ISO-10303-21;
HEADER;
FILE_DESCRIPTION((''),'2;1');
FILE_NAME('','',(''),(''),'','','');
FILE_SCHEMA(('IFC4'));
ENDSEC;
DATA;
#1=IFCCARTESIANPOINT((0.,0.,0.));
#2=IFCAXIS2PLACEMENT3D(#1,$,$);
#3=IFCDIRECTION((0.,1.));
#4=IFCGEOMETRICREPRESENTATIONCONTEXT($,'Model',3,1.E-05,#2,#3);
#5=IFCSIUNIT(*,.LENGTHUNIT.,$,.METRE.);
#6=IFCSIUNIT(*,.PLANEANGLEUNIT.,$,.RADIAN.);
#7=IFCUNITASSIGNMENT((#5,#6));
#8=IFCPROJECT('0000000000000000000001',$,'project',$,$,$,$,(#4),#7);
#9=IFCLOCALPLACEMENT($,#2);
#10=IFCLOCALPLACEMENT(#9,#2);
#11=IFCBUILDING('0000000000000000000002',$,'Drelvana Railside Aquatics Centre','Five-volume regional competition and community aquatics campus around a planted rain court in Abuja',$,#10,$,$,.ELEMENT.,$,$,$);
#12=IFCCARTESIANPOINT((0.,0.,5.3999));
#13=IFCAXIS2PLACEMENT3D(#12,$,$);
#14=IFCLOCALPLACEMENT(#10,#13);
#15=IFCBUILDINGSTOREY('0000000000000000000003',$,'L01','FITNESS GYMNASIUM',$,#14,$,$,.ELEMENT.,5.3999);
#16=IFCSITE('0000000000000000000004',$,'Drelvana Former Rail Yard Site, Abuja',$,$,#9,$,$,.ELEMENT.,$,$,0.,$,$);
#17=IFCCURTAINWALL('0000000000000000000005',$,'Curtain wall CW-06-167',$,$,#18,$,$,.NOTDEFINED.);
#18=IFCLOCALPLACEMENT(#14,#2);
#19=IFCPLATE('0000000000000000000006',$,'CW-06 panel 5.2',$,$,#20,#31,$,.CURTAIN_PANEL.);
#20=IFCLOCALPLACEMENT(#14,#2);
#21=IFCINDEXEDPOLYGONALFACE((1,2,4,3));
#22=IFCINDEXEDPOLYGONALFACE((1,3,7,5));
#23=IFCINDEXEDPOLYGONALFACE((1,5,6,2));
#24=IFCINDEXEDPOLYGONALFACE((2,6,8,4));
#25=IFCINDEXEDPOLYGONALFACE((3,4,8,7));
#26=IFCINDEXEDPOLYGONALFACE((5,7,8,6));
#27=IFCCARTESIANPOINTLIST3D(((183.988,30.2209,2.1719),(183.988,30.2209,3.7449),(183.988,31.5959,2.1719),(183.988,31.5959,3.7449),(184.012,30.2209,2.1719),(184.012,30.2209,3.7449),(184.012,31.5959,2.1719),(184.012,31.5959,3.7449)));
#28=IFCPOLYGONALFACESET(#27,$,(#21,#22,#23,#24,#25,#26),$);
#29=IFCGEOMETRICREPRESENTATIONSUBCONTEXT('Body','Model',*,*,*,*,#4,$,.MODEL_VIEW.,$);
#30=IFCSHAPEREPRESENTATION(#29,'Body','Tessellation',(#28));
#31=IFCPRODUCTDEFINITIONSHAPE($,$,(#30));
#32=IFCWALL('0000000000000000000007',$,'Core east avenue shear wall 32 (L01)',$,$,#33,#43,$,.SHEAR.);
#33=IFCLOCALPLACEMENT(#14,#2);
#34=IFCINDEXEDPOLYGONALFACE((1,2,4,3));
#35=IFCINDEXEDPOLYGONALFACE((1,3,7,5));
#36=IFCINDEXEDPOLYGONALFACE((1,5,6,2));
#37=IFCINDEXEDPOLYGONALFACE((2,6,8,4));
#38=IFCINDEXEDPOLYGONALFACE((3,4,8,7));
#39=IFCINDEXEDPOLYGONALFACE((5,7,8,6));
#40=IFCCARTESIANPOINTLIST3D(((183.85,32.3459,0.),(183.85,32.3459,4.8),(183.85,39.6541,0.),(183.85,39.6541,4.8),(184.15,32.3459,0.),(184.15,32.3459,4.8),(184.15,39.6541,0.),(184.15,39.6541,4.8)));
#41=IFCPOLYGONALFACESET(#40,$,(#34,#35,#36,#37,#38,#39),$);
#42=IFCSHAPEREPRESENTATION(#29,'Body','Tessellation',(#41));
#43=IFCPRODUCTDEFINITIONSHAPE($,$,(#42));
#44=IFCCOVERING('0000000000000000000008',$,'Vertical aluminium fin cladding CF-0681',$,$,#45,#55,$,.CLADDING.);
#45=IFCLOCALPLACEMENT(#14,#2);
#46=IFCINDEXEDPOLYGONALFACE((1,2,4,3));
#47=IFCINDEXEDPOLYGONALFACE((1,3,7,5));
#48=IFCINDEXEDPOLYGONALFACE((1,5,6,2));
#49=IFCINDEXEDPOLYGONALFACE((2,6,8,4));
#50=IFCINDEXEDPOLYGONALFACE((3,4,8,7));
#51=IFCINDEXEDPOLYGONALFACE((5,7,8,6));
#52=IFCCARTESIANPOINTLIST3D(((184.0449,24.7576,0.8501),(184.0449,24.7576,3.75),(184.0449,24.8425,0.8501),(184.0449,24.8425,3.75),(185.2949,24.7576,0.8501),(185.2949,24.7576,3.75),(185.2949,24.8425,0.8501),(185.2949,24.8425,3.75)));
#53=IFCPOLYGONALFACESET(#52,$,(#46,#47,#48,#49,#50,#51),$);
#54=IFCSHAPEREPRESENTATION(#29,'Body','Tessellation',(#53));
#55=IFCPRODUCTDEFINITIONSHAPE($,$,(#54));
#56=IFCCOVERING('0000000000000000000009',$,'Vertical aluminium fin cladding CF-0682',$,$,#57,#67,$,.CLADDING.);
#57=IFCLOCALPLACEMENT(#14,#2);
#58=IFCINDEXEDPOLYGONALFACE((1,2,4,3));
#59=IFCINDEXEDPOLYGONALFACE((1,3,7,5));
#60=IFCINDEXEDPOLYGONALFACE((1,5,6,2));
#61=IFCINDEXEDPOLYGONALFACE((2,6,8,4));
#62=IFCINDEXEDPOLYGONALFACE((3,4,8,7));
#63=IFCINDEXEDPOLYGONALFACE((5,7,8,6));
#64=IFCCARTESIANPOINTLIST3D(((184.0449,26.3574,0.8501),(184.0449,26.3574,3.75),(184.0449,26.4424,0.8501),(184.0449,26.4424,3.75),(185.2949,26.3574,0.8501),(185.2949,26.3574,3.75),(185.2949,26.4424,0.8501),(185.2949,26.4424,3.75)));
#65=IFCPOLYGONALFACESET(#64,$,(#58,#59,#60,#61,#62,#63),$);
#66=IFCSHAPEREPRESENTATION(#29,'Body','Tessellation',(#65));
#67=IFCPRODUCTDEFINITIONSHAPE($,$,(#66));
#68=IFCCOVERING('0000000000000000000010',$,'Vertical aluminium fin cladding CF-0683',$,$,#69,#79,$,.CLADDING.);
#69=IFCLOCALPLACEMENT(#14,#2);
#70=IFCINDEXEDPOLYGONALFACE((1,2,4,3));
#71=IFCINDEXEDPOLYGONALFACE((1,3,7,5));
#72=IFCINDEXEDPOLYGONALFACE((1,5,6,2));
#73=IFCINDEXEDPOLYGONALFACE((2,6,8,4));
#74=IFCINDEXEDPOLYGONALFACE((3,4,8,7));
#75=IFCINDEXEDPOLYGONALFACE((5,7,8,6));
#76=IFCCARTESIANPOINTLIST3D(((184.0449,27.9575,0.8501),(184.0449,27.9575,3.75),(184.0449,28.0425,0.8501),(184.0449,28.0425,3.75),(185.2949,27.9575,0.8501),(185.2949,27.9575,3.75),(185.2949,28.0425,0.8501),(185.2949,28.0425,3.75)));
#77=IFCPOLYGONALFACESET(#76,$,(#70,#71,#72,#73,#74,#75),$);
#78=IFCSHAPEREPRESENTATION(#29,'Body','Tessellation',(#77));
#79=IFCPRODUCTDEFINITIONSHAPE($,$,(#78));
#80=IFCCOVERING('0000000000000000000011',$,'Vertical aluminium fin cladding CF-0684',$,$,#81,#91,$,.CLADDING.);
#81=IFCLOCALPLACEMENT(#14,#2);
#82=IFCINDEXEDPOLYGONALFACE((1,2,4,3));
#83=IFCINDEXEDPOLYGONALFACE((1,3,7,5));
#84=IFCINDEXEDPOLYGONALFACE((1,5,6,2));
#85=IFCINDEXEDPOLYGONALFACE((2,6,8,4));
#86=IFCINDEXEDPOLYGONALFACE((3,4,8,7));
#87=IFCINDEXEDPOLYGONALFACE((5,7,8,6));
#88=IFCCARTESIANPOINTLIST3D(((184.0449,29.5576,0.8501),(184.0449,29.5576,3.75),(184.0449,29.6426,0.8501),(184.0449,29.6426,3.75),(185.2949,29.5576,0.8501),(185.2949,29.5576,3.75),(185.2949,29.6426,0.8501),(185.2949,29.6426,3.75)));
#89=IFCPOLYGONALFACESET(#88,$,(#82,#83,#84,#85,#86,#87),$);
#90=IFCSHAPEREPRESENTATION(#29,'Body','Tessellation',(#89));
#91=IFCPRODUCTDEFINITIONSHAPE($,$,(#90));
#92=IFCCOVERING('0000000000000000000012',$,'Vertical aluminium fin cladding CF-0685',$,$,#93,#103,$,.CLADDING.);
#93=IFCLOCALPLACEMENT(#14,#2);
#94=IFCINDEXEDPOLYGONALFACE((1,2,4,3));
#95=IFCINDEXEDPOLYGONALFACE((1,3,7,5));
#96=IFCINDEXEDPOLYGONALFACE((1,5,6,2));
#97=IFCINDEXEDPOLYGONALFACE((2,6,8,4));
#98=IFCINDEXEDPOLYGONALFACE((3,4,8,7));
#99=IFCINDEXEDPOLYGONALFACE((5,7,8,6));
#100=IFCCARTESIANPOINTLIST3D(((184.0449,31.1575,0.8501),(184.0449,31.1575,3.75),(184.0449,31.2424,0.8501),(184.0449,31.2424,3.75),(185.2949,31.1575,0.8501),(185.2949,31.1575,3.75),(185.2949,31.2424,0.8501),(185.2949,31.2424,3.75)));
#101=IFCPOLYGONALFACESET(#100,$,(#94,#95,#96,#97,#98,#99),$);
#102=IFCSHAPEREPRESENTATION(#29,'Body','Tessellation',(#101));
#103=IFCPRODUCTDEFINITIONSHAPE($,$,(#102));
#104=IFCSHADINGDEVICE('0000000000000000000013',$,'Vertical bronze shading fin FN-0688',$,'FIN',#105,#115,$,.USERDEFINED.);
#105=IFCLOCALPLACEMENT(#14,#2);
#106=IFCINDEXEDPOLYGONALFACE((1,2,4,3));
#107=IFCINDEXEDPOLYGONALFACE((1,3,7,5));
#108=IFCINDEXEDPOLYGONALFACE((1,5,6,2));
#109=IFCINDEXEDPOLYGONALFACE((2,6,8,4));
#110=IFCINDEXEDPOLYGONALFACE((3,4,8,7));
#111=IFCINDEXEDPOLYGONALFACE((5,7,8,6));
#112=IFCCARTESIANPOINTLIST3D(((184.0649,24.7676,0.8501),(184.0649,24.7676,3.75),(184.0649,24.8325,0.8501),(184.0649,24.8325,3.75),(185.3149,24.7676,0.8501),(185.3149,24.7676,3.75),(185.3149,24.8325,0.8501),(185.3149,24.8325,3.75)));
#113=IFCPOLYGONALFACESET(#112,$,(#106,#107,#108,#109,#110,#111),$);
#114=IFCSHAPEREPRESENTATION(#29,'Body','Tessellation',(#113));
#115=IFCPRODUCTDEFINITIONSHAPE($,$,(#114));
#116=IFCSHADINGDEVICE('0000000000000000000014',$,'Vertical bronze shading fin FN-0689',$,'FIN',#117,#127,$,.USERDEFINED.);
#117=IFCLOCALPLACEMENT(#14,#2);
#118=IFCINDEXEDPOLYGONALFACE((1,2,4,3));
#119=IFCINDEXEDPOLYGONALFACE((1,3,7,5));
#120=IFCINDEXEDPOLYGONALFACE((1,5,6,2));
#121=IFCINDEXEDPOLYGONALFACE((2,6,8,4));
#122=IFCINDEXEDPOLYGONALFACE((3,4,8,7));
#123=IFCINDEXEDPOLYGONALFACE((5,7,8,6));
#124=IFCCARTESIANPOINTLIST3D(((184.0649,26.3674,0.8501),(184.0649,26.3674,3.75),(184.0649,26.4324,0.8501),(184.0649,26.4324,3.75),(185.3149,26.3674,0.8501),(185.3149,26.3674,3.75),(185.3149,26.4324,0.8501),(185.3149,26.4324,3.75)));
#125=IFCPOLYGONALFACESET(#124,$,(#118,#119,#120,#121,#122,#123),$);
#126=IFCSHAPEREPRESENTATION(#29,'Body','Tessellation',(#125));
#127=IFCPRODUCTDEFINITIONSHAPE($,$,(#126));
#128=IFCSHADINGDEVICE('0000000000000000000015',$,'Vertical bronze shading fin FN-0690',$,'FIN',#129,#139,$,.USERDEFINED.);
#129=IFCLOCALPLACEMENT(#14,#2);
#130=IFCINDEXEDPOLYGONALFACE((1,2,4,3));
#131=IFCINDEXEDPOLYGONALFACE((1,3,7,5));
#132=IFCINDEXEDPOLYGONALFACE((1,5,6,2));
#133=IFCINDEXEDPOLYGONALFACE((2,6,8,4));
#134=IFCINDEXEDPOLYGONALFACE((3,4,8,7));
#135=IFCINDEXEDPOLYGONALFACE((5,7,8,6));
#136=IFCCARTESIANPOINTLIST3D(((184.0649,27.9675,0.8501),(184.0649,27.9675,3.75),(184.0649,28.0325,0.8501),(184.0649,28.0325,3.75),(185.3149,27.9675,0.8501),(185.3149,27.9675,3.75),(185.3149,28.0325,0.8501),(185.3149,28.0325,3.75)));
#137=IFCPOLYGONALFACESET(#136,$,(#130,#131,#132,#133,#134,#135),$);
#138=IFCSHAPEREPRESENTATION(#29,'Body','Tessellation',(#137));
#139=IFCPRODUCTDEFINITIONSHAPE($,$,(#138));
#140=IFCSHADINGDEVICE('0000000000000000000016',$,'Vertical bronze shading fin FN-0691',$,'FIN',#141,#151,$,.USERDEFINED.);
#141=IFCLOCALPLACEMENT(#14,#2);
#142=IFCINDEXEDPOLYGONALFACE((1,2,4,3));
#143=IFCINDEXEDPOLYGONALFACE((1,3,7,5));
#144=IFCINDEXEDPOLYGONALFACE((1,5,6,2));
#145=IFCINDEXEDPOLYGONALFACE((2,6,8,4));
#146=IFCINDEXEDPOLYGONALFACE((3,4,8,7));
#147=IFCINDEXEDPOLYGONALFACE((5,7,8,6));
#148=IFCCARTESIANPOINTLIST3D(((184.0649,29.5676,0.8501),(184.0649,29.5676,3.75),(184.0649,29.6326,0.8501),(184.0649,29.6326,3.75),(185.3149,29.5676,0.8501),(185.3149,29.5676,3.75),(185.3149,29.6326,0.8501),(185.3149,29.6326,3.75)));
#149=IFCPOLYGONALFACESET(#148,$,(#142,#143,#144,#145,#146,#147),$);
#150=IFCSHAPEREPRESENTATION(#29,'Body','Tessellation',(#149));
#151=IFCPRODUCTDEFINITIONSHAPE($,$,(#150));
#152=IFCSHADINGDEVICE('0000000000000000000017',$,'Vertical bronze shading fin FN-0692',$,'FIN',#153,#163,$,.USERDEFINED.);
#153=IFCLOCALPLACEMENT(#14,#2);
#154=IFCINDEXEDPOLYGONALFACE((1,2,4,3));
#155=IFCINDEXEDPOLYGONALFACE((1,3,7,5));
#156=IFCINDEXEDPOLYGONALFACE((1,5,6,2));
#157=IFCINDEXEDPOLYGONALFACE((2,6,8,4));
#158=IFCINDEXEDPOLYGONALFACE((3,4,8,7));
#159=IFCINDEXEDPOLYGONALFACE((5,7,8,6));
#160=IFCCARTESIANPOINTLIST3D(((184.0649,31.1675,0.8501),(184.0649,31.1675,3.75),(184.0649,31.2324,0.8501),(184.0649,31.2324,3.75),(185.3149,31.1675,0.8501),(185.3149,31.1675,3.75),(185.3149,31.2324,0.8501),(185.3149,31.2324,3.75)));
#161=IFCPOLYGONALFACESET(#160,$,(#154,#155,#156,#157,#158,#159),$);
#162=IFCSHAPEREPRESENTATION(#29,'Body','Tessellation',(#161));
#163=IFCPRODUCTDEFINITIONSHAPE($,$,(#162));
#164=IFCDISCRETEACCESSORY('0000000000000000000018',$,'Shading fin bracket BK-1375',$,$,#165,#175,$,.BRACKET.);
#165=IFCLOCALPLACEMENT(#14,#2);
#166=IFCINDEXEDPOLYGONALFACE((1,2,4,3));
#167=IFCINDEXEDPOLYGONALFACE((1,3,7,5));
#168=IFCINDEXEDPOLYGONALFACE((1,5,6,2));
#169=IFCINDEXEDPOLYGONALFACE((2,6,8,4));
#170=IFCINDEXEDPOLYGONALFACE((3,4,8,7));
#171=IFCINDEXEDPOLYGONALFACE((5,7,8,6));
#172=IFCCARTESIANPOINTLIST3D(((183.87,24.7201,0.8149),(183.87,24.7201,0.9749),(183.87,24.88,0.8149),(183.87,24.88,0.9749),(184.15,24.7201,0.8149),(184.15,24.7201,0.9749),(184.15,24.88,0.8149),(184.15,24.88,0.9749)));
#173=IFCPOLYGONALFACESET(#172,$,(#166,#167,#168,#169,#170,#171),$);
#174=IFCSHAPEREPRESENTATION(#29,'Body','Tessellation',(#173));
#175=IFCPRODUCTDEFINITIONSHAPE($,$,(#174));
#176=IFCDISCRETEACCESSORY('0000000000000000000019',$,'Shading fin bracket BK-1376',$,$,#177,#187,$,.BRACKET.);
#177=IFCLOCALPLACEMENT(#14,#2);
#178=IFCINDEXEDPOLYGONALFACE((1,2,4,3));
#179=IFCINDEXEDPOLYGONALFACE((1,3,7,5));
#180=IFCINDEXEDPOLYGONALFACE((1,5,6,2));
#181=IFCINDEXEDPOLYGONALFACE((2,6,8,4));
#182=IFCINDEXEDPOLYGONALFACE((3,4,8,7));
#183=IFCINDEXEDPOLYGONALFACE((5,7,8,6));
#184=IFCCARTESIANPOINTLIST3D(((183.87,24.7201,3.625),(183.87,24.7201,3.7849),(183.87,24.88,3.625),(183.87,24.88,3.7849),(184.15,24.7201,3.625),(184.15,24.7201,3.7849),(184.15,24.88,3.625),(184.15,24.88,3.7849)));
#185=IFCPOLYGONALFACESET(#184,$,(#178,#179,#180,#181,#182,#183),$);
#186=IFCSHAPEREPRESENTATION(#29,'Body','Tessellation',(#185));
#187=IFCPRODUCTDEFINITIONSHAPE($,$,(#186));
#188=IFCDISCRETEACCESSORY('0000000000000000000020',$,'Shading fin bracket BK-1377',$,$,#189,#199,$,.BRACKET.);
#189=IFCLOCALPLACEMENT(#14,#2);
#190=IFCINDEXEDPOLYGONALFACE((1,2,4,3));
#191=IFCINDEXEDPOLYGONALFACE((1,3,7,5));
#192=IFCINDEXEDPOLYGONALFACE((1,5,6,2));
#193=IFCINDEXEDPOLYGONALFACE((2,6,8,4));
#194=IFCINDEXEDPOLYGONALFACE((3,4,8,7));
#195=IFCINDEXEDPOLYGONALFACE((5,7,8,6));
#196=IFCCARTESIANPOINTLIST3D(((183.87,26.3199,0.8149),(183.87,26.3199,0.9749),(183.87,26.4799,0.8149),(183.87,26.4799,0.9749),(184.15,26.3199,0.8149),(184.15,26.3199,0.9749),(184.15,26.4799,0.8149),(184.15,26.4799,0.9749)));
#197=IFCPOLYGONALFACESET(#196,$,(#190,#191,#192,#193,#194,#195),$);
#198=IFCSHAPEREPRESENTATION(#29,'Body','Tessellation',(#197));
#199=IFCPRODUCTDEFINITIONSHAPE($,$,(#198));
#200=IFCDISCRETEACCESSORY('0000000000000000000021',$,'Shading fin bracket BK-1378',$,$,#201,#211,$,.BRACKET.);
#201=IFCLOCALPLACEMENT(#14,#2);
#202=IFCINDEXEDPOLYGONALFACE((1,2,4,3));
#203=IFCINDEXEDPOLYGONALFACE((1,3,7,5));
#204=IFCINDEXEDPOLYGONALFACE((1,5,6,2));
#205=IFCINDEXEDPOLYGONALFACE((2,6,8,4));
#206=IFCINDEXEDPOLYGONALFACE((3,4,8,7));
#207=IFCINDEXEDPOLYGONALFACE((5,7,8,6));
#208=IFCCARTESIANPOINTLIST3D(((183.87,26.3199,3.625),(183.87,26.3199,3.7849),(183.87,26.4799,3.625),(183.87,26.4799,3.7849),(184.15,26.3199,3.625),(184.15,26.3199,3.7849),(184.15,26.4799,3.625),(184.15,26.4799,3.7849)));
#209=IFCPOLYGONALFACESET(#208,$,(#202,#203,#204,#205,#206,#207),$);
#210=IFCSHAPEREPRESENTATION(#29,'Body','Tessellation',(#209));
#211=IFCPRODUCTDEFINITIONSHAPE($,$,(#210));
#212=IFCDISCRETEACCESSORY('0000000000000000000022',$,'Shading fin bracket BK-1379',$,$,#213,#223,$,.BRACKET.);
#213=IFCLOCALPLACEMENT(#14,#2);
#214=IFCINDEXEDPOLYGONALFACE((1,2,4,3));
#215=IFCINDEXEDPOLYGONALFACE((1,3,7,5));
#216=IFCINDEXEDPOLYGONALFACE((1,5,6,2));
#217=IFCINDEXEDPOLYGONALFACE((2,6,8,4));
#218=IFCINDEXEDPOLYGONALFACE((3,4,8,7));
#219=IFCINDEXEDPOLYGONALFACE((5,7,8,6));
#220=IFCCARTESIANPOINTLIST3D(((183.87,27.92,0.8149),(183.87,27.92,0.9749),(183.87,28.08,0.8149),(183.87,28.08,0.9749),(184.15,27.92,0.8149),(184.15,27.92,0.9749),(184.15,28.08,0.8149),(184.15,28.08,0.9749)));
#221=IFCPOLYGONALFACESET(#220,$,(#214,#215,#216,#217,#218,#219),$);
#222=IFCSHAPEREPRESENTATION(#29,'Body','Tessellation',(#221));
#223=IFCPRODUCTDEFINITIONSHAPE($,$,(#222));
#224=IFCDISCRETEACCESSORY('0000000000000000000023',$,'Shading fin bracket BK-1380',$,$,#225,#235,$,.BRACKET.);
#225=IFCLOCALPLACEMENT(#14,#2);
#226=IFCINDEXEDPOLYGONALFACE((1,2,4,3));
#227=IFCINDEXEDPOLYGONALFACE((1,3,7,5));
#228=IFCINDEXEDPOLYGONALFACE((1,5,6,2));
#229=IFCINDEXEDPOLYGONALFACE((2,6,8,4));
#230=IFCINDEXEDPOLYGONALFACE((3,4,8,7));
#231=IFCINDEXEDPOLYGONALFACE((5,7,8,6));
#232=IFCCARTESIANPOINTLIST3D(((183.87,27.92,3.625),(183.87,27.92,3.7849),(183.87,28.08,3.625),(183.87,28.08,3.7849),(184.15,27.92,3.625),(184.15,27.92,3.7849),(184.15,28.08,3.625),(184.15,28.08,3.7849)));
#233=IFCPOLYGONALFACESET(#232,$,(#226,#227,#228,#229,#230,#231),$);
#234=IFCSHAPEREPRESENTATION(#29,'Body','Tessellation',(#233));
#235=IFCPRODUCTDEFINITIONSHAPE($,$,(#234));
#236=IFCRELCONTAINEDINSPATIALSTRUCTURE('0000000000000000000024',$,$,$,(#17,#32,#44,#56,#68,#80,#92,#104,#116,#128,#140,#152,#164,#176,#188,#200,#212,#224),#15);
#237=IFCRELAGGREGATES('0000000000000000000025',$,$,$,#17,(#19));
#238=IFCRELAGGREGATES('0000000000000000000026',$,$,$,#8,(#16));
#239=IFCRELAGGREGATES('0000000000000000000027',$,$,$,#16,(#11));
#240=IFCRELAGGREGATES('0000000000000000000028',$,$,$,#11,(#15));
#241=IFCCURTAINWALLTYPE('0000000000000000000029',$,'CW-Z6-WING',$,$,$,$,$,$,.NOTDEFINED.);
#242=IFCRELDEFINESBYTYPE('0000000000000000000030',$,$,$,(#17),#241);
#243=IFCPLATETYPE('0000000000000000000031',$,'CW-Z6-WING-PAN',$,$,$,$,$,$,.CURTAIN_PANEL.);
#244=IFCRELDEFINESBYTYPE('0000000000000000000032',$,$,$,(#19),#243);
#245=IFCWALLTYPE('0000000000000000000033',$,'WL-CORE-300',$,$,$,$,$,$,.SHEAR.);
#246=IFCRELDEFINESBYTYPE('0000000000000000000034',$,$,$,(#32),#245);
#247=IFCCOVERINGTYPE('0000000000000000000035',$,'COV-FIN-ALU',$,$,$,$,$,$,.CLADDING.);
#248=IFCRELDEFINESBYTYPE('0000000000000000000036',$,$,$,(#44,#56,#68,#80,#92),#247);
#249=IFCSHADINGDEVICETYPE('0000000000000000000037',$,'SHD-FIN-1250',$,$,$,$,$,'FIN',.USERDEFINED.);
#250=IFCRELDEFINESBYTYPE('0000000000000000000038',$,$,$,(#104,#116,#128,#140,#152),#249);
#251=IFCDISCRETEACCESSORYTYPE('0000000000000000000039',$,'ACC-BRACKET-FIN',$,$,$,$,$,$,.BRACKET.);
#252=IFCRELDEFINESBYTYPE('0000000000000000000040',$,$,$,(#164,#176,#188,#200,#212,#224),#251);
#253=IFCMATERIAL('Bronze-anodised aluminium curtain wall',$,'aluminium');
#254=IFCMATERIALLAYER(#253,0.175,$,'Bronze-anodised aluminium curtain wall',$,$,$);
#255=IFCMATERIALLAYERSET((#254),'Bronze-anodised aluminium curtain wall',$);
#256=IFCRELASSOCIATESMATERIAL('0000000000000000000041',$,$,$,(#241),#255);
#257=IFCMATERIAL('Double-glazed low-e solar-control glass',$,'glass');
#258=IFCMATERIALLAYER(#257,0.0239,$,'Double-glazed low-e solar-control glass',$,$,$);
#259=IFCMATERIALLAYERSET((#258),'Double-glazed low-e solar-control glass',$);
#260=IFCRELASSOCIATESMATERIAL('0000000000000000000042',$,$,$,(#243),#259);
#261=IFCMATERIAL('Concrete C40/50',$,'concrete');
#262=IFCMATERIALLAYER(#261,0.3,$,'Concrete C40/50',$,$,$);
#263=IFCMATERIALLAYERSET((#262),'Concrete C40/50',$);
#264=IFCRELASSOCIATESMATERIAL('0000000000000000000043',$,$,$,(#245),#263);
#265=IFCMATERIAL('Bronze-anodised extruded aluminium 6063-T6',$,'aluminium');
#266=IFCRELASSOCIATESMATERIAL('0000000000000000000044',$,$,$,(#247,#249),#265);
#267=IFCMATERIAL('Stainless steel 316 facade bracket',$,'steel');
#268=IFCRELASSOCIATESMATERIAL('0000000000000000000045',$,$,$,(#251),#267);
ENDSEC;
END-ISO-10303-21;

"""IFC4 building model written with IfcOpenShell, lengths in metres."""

from ifc_helpers import new_model, si_unit, direction, frame, frame_2d, origin, origin_2d, place, context, subcontext, project, spatial, rectangle, extrude, material, layer, layer_set, type_object, element, aggregate, save


model = new_model("IFC4")

# Units and contexts
model_context = context("Model", 3, precision=1e-05, world=origin(), true_north=direction((0.0, 1.0)))
body_context = subcontext(model_context, "Body", "Model", "MODEL_VIEW")
ifc_project = project(units=[si_unit("LENGTHUNIT", "METRE"), si_unit("PLANEANGLEUNIT", "RADIAN")], contexts=[model_context])

# Site, building, storey
site_placement = place(None, origin())
site = spatial("IfcSite", under=ifc_project, at=site_placement, Name="Drelvana Former Rail Yard Site, Abuja", CompositionType="ELEMENT", RefElevation=0.0)
building_placement = place(site_placement, origin())
building = spatial("IfcBuilding", under=site, at=building_placement, Name="Drelvana Railside Aquatics Centre", Description="Five-volume regional competition and community aquatics campus around a planted rain court in Abuja", CompositionType="ELEMENT")
storey_placement = place(building_placement, frame((0.0, 0.0, 5.3999)))
storey = spatial("IfcBuildingStorey", under=building, at=storey_placement, Name="L01", Description="FITNESS GYMNASIUM", CompositionType="ELEMENT", Elevation=5.3999)

# Shared definitions
ifc_material_1 = material(Name="Concrete C40/50", Category="concrete")

# Curtain wall
ifc_material_2 = material(Name="Bronze-anodised aluminium curtain wall", Category="aluminium")
ifc_layer_1 = layer(ifc_material_2, 0.175, Name="Bronze-anodised aluminium curtain wall")
ifc_layer_set_1 = layer_set([ifc_layer_1], Name="Bronze-anodised aluminium curtain wall")
curtain_wall_type = type_object("IfcCurtainWallType", Name="CW-Z6-WING", PredefinedType="NOTDEFINED", material=ifc_layer_set_1)
curtain_wall_placement = place(storey_placement, origin())
curtain_wall = element("IfcCurtainWall", 1, at=curtain_wall_placement, inside=storey, type_object=curtain_wall_type, Name="Curtain wall CW-06-167", PredefinedType="NOTDEFINED")

# Plate
ifc_material_3 = material(Name="Double-glazed low-e solar-control glass", Category="glass")
ifc_layer_2 = layer(ifc_material_3, 0.0239, Name="Double-glazed low-e solar-control glass")
ifc_layer_set_2 = layer_set([ifc_layer_2], Name="Double-glazed low-e solar-control glass")
plate_type = type_object("IfcPlateType", Name="CW-Z6-WING-PAN", PredefinedType="CURTAIN_PANEL", material=ifc_layer_set_2)
plate_1_placement = place(storey_placement, frame((184.0, 30.9084, 2.1719), z_axis=(0.0, 0.0, 1.0), x_axis=(0.0, 1.0, 0.0)))
plate_1 = element("IfcPlate", 2, at=plate_1_placement, type_object=plate_type, Name="CW-06 panel 5.2", PredefinedType="CURTAIN_PANEL", context=body_context, shape_type="SweptSolid", body=[
    extrude(rectangle(XDim=1.375, YDim=0.0239, at=origin_2d()), origin(), (0.0, 0.0, 1.0), 1.573),
])
aggregate(curtain_wall, [plate_1])

# Wall
ifc_layer_3 = layer(ifc_material_1, 0.3, Name="Concrete C40/50")
ifc_layer_set_3 = layer_set([ifc_layer_3], Name="Concrete C40/50")
wall_type = type_object("IfcWallType", Name="WL-CORE-300", PredefinedType="SHEAR", material=ifc_layer_set_3)
wall_placement = place(storey_placement, frame((184.0, 32.3459, 0.0), z_axis=(0.0, 0.0, 1.0), x_axis=(0.0, 1.0, 0.0)))
element("IfcWall", 3, at=wall_placement, inside=storey, type_object=wall_type, Name="Core east avenue shear wall 32 (L01)", PredefinedType="SHEAR", context=body_context, shape_type="SweptSolid", body=[
    extrude(rectangle(XDim=7.3081, YDim=0.3, at=frame_2d((3.6541, 0.0))), origin(), (0.0, 0.0, 1.0), 4.8),
])

# Coverings
ifc_material_4 = material(Name="Bronze-anodised extruded aluminium 6063-T6", Category="aluminium")
covering_type = type_object("IfcCoveringType", Name="COV-FIN-ALU", PredefinedType="CLADDING", material=ifc_material_4)
for number, where, z_axis, x_axis, name in (
    (4, (184.6699, 24.8, 0.8501), (0.0, 0.0, 1.0), (0.0, -1.0, 0.0), "Vertical aluminium fin cladding CF-0681"),
    (5, (184.6699, 26.3999, 0.8501), (0.0, 0.0, 1.0), (0.0, -1.0, 0.0), "Vertical aluminium fin cladding CF-0682"),
    (6, (184.6699, 28.0, 0.8501), (0.0, 0.0, 1.0), (0.0, -1.0, 0.0), "Vertical aluminium fin cladding CF-0683"),
    (7, (184.6699, 29.6001, 0.8501), (0.0, 0.0, 1.0), (0.0, -1.0, 0.0), "Vertical aluminium fin cladding CF-0684"),
    (8, (184.6699, 31.2, 0.8501), (0.0, 0.0, 1.0), (0.0, -1.0, 0.0), "Vertical aluminium fin cladding CF-0685"),
):
    element("IfcCovering", number, at=place(storey_placement, frame(where, z_axis=z_axis, x_axis=x_axis)), inside=storey, type_object=covering_type, Name=name, PredefinedType="CLADDING", context=body_context, shape_type="SweptSolid", body=[
        extrude(rectangle(XDim=0.085, YDim=1.25, at=origin_2d()), origin(), (0.0, 0.0, 1.0), 2.8999),
    ])

# Shading devices
shading_device_type = type_object("IfcShadingDeviceType", Name="SHD-FIN-1250", ElementType="FIN", PredefinedType="USERDEFINED", material=ifc_material_4)
for number, where, z_axis, x_axis, name in (
    (9, (184.6899, 24.8, 0.8501), (0.0, 0.0, 1.0), (1.0, 0.0, 0.0), "Vertical bronze shading fin FN-0688"),
    (10, (184.6899, 26.3999, 0.8501), (0.0, 0.0, 1.0), (1.0, 0.0, 0.0), "Vertical bronze shading fin FN-0689"),
    (11, (184.6899, 28.0, 0.8501), (0.0, 0.0, 1.0), (1.0, 0.0, 0.0), "Vertical bronze shading fin FN-0690"),
    (12, (184.6899, 29.6001, 0.8501), (0.0, 0.0, 1.0), (1.0, 0.0, 0.0), "Vertical bronze shading fin FN-0691"),
    (13, (184.6899, 31.2, 0.8501), (0.0, 0.0, 1.0), (1.0, 0.0, 0.0), "Vertical bronze shading fin FN-0692"),
):
    element("IfcShadingDevice", number, at=place(storey_placement, frame(where, z_axis=z_axis, x_axis=x_axis)), inside=storey, type_object=shading_device_type, Name=name, ObjectType="FIN", PredefinedType="USERDEFINED", context=body_context, shape_type="SweptSolid", body=[
        extrude(rectangle(XDim=1.25, YDim=0.0649, at=origin_2d()), origin(), (0.0, 0.0, 1.0), 2.8999),
    ])

# Discrete accessories
ifc_material_5 = material(Name="Stainless steel 316 facade bracket", Category="steel")
discrete_accessory_type = type_object("IfcDiscreteAccessoryType", Name="ACC-BRACKET-FIN", PredefinedType="BRACKET", material=ifc_material_5)
for number, where, z_axis, x_axis, name in (
    (14, (184.01, 24.8, 0.8149), (0.0, 0.0, 1.0), (1.0, 0.0, 0.0), "Shading fin bracket BK-1375"),
    (15, (184.01, 24.8, 3.625), (0.0, 0.0, 1.0), (1.0, 0.0, 0.0), "Shading fin bracket BK-1376"),
    (16, (184.01, 26.3999, 0.8149), (0.0, 0.0, 1.0), (1.0, 0.0, 0.0), "Shading fin bracket BK-1377"),
    (17, (184.01, 26.3999, 3.625), (0.0, 0.0, 1.0), (1.0, 0.0, 0.0), "Shading fin bracket BK-1378"),
    (18, (184.01, 28.0, 0.8149), (0.0, 0.0, 1.0), (1.0, 0.0, 0.0), "Shading fin bracket BK-1379"),
    (19, (184.01, 28.0, 3.625), (0.0, 0.0, 1.0), (1.0, 0.0, 0.0), "Shading fin bracket BK-1380"),
):
    element("IfcDiscreteAccessory", number, at=place(storey_placement, frame(where, z_axis=z_axis, x_axis=x_axis)), inside=storey, type_object=discrete_accessory_type, Name=name, PredefinedType="BRACKET", context=body_context, shape_type="SweptSolid", body=[
        extrude(rectangle(XDim=0.28, YDim=0.1599, at=origin_2d()), origin(), (0.0, 0.0, 1.0), 0.1599),
    ])

save(model, "model.ifc")
